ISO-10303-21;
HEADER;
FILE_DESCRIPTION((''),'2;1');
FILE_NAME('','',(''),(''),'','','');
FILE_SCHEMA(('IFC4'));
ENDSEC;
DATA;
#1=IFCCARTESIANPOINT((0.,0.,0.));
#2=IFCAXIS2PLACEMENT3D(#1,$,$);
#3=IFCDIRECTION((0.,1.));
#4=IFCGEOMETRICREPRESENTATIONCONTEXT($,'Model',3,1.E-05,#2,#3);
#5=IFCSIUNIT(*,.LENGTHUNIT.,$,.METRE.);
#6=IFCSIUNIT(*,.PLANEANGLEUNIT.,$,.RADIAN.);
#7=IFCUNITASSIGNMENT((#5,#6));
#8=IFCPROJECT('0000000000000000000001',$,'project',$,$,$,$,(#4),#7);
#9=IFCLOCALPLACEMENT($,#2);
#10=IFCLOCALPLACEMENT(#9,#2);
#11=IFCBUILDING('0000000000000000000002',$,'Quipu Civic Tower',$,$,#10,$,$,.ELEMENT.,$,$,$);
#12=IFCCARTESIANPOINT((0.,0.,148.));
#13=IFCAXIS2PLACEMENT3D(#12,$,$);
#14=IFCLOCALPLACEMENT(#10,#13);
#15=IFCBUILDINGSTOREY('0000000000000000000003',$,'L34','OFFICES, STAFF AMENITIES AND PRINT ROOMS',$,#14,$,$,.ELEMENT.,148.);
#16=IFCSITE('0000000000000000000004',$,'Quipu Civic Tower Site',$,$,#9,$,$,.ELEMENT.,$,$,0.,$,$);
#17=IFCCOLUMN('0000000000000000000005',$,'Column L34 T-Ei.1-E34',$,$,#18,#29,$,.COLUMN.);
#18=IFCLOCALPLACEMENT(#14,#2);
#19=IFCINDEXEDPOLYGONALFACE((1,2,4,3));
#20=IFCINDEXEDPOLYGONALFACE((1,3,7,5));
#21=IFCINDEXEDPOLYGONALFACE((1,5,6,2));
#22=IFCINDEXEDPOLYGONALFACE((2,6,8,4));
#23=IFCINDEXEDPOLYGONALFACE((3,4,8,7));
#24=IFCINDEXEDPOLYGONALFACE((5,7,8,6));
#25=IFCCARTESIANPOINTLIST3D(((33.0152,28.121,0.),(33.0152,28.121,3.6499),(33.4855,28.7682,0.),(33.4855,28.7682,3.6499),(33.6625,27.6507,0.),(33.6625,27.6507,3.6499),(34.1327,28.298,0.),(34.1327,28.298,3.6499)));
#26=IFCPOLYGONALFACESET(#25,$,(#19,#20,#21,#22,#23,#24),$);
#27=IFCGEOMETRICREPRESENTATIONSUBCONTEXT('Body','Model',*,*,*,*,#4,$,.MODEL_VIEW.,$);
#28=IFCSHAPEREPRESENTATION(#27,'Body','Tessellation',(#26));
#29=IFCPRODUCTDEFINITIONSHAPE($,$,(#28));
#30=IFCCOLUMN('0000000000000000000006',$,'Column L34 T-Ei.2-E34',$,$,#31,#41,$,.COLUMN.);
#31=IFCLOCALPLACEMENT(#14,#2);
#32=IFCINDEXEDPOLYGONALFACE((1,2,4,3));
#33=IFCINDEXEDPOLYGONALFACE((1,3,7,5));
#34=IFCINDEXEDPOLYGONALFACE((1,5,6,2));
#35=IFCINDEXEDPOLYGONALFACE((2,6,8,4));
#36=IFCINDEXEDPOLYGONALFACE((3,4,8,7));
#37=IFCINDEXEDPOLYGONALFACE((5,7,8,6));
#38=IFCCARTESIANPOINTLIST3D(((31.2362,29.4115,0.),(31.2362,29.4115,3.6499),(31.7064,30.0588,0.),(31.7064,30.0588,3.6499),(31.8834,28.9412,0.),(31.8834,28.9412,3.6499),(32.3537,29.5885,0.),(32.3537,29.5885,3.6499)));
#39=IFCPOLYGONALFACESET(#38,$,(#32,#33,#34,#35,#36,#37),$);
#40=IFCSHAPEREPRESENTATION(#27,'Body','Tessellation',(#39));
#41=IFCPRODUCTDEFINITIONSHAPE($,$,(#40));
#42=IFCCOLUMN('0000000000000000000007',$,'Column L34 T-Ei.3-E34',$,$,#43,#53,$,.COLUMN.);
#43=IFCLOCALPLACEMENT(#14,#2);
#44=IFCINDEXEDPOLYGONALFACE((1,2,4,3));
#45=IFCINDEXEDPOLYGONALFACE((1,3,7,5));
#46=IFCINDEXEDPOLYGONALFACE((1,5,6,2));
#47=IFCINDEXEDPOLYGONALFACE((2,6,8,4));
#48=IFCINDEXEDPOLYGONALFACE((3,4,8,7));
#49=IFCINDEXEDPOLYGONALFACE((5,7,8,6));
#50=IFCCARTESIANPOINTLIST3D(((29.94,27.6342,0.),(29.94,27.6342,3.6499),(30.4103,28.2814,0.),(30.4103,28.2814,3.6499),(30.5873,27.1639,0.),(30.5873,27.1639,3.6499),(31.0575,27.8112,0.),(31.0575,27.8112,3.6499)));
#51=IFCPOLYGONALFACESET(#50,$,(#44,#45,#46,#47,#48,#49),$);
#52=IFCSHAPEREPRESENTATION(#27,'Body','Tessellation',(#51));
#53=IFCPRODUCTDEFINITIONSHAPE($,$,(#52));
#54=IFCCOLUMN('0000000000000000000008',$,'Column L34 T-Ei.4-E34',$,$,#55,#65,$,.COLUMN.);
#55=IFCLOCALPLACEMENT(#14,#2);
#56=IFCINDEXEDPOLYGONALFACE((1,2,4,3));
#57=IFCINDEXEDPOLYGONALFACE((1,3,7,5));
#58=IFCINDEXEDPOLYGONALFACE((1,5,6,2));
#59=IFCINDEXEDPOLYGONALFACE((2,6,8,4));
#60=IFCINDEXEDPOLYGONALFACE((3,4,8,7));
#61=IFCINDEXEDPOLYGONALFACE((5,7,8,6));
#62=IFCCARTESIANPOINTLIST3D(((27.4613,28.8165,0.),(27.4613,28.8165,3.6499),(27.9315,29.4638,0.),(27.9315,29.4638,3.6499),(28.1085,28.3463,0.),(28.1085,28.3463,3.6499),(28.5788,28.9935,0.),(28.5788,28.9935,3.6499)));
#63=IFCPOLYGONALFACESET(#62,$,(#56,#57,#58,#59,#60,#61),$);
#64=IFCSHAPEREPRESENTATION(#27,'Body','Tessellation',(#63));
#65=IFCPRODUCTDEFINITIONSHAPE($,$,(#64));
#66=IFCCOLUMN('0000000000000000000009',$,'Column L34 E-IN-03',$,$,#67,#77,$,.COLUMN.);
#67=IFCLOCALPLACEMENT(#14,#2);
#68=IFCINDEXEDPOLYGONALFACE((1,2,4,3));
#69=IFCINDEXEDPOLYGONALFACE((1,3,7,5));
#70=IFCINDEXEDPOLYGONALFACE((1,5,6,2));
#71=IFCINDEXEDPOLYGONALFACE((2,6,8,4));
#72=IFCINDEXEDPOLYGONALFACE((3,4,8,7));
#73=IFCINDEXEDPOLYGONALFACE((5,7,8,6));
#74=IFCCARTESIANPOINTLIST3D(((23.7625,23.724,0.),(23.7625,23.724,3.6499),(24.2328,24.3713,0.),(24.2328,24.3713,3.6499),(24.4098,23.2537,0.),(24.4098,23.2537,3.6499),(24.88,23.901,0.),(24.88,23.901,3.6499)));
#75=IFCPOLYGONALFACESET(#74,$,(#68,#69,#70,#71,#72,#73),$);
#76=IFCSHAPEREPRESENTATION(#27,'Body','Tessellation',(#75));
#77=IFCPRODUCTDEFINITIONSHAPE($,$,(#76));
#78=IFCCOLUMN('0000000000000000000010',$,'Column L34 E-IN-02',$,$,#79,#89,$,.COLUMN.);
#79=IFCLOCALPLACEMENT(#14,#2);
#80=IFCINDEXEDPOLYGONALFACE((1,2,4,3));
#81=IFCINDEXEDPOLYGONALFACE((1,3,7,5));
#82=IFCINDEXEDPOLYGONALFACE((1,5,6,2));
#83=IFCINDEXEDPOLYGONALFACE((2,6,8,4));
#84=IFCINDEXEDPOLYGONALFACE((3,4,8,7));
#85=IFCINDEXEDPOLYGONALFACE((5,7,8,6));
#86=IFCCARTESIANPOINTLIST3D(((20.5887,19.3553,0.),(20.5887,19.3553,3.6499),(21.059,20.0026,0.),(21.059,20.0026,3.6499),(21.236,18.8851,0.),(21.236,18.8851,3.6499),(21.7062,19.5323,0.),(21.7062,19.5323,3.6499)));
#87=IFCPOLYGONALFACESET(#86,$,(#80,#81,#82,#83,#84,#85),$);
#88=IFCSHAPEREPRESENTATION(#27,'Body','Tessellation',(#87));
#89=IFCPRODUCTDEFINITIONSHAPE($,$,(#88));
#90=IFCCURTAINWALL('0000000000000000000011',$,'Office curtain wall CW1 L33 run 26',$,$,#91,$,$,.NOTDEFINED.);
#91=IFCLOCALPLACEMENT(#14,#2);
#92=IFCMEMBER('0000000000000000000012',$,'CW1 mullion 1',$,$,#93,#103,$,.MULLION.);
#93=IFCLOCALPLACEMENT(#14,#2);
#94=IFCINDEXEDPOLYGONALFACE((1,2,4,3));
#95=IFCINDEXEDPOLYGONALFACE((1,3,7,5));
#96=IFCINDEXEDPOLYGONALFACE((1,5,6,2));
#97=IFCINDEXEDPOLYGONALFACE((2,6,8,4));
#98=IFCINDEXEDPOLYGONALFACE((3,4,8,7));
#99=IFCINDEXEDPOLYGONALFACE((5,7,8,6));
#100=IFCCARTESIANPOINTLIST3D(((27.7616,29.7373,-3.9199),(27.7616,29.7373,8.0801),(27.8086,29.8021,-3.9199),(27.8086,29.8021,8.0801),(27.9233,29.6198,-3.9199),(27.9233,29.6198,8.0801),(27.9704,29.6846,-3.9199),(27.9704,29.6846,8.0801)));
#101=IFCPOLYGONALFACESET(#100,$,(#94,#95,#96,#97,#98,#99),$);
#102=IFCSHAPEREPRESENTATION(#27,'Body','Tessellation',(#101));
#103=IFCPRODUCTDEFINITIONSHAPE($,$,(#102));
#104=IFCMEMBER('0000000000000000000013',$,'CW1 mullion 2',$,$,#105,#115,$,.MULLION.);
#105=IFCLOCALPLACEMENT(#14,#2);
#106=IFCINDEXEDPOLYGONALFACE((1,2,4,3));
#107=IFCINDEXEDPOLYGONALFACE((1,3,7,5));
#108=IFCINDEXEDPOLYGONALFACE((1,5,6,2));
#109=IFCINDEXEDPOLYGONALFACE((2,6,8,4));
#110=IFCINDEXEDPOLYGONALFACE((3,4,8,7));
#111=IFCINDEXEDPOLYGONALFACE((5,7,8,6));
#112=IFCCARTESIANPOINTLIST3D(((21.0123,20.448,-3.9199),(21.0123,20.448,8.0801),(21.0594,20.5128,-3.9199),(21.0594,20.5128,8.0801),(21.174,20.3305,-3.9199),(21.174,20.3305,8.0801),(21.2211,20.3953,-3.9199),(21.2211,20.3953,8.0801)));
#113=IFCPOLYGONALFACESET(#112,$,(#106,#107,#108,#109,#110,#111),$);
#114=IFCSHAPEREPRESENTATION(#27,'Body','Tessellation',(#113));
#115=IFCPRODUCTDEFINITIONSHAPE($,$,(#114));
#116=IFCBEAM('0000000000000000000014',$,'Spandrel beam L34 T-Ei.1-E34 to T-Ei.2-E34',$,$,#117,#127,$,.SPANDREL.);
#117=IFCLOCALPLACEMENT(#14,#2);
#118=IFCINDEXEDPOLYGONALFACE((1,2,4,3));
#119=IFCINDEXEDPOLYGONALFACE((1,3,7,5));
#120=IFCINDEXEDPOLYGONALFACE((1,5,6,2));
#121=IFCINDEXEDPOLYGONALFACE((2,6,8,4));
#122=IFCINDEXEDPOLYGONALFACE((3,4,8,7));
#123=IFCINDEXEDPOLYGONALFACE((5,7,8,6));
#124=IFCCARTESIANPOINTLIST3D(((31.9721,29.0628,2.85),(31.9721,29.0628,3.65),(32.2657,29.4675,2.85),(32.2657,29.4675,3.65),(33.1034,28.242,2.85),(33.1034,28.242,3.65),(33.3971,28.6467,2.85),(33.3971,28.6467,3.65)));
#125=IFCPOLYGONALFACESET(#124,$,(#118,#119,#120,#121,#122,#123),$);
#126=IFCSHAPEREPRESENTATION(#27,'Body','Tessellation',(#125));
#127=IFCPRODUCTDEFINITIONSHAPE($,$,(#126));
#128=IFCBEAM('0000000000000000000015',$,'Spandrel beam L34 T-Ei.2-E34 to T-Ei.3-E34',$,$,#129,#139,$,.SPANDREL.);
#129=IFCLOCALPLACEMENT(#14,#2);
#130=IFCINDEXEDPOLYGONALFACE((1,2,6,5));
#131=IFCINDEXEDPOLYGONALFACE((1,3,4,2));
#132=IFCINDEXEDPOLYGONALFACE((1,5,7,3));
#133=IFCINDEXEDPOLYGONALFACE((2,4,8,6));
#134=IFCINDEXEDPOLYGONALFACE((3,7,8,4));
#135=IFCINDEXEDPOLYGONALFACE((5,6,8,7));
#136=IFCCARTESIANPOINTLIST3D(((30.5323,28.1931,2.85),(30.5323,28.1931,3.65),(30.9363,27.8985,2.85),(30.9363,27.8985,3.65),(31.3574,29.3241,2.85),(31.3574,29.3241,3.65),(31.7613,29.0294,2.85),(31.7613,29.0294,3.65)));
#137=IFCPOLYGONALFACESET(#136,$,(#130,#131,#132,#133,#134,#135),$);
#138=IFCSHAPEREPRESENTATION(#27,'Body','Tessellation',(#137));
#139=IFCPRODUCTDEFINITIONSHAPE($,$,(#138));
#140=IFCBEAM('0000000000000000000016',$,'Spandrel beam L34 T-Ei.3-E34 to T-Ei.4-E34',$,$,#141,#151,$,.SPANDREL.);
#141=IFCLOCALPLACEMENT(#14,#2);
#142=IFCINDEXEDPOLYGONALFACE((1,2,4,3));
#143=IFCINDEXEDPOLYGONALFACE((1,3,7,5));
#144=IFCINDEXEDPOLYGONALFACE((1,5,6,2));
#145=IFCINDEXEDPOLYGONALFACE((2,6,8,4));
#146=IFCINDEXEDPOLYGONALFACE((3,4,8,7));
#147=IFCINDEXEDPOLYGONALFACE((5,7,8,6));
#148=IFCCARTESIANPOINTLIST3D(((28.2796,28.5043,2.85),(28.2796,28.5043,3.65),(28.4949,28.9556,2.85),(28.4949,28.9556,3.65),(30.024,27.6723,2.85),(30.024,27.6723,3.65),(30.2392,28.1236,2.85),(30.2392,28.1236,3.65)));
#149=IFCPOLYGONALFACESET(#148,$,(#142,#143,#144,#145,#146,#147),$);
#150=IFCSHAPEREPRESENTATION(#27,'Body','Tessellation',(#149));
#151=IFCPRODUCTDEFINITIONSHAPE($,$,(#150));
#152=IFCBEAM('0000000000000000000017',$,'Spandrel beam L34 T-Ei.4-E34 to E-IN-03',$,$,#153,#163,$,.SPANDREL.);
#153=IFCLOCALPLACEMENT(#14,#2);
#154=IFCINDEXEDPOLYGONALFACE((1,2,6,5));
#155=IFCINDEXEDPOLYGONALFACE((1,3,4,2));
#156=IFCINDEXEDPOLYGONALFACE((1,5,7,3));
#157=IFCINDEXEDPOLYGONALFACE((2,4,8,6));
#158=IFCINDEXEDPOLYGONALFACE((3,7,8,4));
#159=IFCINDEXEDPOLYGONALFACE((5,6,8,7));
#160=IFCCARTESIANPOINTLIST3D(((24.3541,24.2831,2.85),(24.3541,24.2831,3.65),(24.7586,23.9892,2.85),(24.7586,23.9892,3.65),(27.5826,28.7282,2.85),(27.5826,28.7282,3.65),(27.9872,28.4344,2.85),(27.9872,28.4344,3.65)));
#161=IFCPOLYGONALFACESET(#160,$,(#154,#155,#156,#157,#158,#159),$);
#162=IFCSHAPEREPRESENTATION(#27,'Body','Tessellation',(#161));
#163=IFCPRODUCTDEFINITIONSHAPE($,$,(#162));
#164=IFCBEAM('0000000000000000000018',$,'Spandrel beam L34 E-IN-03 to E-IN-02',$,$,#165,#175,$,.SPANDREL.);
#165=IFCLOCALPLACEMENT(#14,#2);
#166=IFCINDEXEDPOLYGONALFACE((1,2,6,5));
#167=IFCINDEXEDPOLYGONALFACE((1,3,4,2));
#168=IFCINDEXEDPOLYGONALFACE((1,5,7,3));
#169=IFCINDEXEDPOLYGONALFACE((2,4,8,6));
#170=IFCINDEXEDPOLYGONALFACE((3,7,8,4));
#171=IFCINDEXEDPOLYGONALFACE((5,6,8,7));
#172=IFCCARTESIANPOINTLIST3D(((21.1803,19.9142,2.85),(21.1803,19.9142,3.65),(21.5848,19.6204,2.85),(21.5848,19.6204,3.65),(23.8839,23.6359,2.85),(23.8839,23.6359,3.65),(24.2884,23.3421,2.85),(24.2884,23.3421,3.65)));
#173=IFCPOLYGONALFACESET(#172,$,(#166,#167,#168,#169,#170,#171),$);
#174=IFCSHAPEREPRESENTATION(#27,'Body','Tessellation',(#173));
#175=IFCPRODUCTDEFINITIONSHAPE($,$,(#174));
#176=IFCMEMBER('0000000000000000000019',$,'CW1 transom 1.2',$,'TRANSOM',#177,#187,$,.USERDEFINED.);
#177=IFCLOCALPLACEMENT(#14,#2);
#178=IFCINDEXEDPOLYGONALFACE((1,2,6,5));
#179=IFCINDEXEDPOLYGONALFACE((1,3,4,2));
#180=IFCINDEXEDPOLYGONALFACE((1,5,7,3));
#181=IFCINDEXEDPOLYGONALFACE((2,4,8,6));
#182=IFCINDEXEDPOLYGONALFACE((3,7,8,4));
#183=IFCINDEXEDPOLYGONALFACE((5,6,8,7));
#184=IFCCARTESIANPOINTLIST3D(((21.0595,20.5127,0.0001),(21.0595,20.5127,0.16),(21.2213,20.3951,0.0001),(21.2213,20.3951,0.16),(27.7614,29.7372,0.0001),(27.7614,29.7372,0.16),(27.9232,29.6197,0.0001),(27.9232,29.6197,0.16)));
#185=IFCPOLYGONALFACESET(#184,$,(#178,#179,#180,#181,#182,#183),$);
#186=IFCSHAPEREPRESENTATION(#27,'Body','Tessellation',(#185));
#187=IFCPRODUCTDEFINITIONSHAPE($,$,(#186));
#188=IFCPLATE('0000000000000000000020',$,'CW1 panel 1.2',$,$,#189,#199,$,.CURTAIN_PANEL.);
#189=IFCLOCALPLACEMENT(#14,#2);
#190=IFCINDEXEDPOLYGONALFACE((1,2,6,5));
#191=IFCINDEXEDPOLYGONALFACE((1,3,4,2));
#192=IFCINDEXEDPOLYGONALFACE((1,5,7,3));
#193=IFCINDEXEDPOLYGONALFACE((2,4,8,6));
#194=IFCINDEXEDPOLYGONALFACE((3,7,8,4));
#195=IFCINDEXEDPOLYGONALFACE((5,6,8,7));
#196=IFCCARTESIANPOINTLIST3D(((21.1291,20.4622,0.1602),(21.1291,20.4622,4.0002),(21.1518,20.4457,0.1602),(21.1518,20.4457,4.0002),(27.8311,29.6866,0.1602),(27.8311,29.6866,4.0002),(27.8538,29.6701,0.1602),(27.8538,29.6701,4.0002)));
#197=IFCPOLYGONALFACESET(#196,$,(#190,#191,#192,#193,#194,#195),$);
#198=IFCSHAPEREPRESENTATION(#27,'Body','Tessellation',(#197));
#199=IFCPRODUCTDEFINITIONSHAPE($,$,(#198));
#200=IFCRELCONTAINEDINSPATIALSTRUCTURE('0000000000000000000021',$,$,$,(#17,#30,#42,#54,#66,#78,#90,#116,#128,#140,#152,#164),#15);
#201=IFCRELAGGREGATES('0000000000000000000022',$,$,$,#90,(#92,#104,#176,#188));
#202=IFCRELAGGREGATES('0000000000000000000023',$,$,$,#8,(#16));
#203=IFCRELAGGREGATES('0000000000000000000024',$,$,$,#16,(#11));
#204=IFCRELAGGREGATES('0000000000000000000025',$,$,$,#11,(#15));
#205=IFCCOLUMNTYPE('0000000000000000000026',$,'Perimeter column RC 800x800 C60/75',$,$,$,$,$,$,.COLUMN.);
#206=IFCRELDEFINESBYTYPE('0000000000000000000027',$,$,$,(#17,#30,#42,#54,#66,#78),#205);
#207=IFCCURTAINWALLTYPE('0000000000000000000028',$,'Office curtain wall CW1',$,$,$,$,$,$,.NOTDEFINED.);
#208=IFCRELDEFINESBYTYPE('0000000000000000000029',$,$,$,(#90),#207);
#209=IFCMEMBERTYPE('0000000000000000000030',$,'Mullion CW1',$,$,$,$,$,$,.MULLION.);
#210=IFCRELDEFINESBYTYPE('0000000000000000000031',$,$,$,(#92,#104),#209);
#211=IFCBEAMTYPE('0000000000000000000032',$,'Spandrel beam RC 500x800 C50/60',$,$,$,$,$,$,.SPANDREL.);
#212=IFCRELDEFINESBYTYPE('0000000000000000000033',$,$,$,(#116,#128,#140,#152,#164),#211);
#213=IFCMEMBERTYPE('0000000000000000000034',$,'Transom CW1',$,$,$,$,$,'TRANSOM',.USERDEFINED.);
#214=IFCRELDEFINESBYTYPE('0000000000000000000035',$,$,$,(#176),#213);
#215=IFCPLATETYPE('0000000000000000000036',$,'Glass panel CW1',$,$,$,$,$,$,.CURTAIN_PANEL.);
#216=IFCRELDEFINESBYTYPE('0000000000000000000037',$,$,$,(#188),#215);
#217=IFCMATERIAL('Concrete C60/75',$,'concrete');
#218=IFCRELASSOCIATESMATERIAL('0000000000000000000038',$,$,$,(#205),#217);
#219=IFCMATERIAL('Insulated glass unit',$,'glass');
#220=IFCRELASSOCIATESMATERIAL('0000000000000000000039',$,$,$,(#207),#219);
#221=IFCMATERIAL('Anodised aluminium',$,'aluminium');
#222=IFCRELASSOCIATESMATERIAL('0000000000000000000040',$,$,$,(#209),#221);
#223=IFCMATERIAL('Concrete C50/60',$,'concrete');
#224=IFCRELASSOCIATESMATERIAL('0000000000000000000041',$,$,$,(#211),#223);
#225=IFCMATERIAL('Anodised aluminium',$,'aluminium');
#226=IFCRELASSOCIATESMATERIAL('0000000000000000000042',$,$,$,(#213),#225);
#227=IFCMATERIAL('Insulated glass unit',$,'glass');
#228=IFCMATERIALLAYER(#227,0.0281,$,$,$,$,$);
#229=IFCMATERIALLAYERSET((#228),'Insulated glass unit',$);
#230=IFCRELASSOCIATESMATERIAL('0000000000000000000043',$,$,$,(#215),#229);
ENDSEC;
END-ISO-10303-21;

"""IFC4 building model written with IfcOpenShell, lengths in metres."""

from ifc_helpers import new_model, si_unit, direction, frame, origin, origin_2d, place, context, subcontext, project, spatial, rectangle, extrude, material, layer, layer_set, material_profile, profile_set, type_object, element, aggregate, save


model = new_model("IFC4")

# Units and contexts
model_context = context("Model", 3, precision=1e-05, world=origin(), true_north=direction((0.0, 1.0)))
body_context = subcontext(model_context, "Body", "Model", "MODEL_VIEW")
ifc_project = project(units=[si_unit("LENGTHUNIT", "METRE"), si_unit("PLANEANGLEUNIT", "RADIAN")], contexts=[model_context])

# Site, building, storey
site_placement = place(None, origin())
site = spatial("IfcSite", under=ifc_project, at=site_placement, Name="Quipu Civic Tower Site", CompositionType="ELEMENT", RefElevation=0.0)
building_placement = place(site_placement, origin())
building = spatial("IfcBuilding", under=site, at=building_placement, Name="Quipu Civic Tower", CompositionType="ELEMENT")
storey_placement = place(building_placement, frame((0.0, 0.0, 148.0)))
storey = spatial("IfcBuildingStorey", under=building, at=storey_placement, Name="L34", Description="OFFICES, STAFF AMENITIES AND PRINT ROOMS", CompositionType="ELEMENT", Elevation=148.0)

# Columns
ifc_material_1 = material(Name="Concrete C60/75", Category="concrete")
ifc_material_profile_1 = material_profile(ifc_material_1, rectangle(XDim=0.8, YDim=0.8, at=origin_2d()), Name="RC800x800")
ifc_profile_set_1 = profile_set([ifc_material_profile_1], Name="Concrete C60/75")
column_type = type_object("IfcColumnType", Name="Perimeter column RC 800x800 C60/75", PredefinedType="COLUMN", material=ifc_profile_set_1)
for number, where, z_axis, x_axis, name in (
    (1, (33.574, 28.2095, 0.0), (0.0, 0.0, 1.0), (-0.809017, 0.587785, 0.0), "Column L34 T-Ei.1-E34"),
    (2, (31.7949, 29.5, 0.0), (0.0, 0.0, 1.0), (-0.587785, -0.809017, 0.0), "Column L34 T-Ei.2-E34"),
    (3, (30.4988, 27.7227, 0.0), (0.0, 0.0, 1.0), (-0.809017, 0.587785, 0.0), "Column L34 T-Ei.3-E34"),
    (4, (28.02, 28.905, 0.0), (0.0, 0.0, 1.0), (-0.809017, 0.587785, 0.0), "Column L34 T-Ei.4-E34"),
    (5, (24.3213, 23.8125, 0.0), (0.0, 0.0, 1.0), (-0.587785, -0.809017, 0.0), "Column L34 E-IN-03"),
    (6, (21.1475, 19.4438, 0.0), (0.0, 0.0, 1.0), (-0.587785, -0.809017, 0.0), "Column L34 E-IN-02"),
):
    element("IfcColumn", number, at=place(storey_placement, frame(where, z_axis=z_axis, x_axis=x_axis)), inside=storey, type_object=column_type, Name=name, PredefinedType="COLUMN", context=body_context, shape_type="SweptSolid", body=[
        extrude(rectangle(XDim=0.8, YDim=0.8, at=origin_2d()), origin(), (0.0, 0.0, 1.0), 3.6499),
    ])

# Curtain wall, members
ifc_material_2 = material(Name="Insulated glass unit", Category="glass")
curtain_wall_type = type_object("IfcCurtainWallType", Name="Office curtain wall CW1", PredefinedType="NOTDEFINED", material=ifc_material_2)
curtain_wall_placement = place(storey_placement, origin())
curtain_wall = element("IfcCurtainWall", 7, at=curtain_wall_placement, inside=storey, type_object=curtain_wall_type, Name="Office curtain wall CW1 L33 run 26", PredefinedType="NOTDEFINED")
ifc_material_3 = material(Name="Anodised aluminium", Category="aluminium")
ifc_material_profile_2 = material_profile(ifc_material_3, rectangle(XDim=0.2, YDim=0.0801, at=origin_2d()), Name="RECT 200x80")
ifc_profile_set_2 = profile_set([ifc_material_profile_2], Name="Anodised aluminium")
member_type_1 = type_object("IfcMemberType", Name="Mullion CW1", PredefinedType="MULLION", material=ifc_profile_set_2)
member_1_placement = place(storey_placement, frame((27.866, 29.7109, -3.9199), z_axis=(0.0, 0.0, 1.0), x_axis=(0.809014, -0.587789, 0.0)))
member_1 = element("IfcMember", 8, at=member_1_placement, type_object=member_type_1, Name="CW1 mullion 1", PredefinedType="MULLION", context=body_context, shape_type="SweptSolid", body=[
    extrude(rectangle(XDim=0.2, YDim=0.0801, at=origin_2d()), origin(), (0.0, 0.0, 1.0), 12.0),
])
member_2_placement = place(storey_placement, frame((21.1167, 20.4216, -3.9199), z_axis=(0.0, 0.0, 1.0), x_axis=(0.809014, -0.587789, 0.0)))
member_2 = element("IfcMember", 9, at=member_2_placement, type_object=member_type_1, Name="CW1 mullion 2", PredefinedType="MULLION", context=body_context, shape_type="SweptSolid", body=[
    extrude(rectangle(XDim=0.2, YDim=0.0801, at=origin_2d()), origin(), (0.0, 0.0, 1.0), 12.0),
])

# Beams
ifc_material_4 = material(Name="Concrete C50/60", Category="concrete")
ifc_material_profile_3 = material_profile(ifc_material_4, rectangle(XDim=0.5, YDim=0.8, at=origin_2d()), Name="RC500x800")
ifc_profile_set_3 = profile_set([ifc_material_profile_3], Name="Concrete C50/60")
beam_type = type_object("IfcBeamType", Name="Spandrel beam RC 500x800 C50/60", PredefinedType="SPANDREL", material=ifc_profile_set_3)
beam_1_placement = place(storey_placement, frame((33.2502, 28.4443, 3.25), z_axis=(-0.809415, 0.587237, 0.0), x_axis=(-0.587237, -0.809415, 0.0)))
element("IfcBeam", 10, at=beam_1_placement, inside=storey, type_object=beam_type, Name="Spandrel beam L34 T-Ei.1-E34 to T-Ei.2-E34", PredefinedType="SPANDREL", context=body_context, shape_type="SweptSolid", body=[
    extrude(rectangle(XDim=0.5, YDim=0.8, at=origin_2d()), origin(), (0.0, 0.0, 1.0), 1.3977),
])
beam_2_placement = place(storey_placement, frame((31.5593, 29.1768, 3.25), z_axis=(-0.589343, -0.807883, 0.0), x_axis=(0.807883, -0.589343, 0.0)))
element("IfcBeam", 11, at=beam_2_placement, inside=storey, type_object=beam_type, Name="Spandrel beam L34 T-Ei.2-E34 to T-Ei.3-E34", PredefinedType="SPANDREL", context=body_context, shape_type="SweptSolid", body=[
    extrude(rectangle(XDim=0.5, YDim=0.8, at=origin_2d()), origin(), (0.0, 0.0, 1.0), 1.3999),
])
beam_3_placement = place(storey_placement, frame((30.1316, 27.8979, 3.25), z_axis=(-0.902585, 0.430512, 0.0), x_axis=(-0.430512, -0.902585, 0.0)))
element("IfcBeam", 12, at=beam_3_placement, inside=storey, type_object=beam_type, Name="Spandrel beam L34 T-Ei.3-E34 to T-Ei.4-E34", PredefinedType="SPANDREL", context=body_context, shape_type="SweptSolid", body=[
    extrude(rectangle(XDim=0.5, YDim=0.8, at=origin_2d()), origin(), (0.0, 0.0, 1.0), 1.9326),
])
beam_4_placement = place(storey_placement, frame((27.7849, 28.5813, 3.25), z_axis=(-0.587664, -0.809105, 0.0), x_axis=(0.809105, -0.587664, 0.0)))
element("IfcBeam", 13, at=beam_4_placement, inside=storey, type_object=beam_type, Name="Spandrel beam L34 T-Ei.4-E34 to E-IN-03", PredefinedType="SPANDREL", context=body_context, shape_type="SweptSolid", body=[
    extrude(rectangle(XDim=0.5, YDim=0.8, at=origin_2d()), origin(), (0.0, 0.0, 1.0), 5.4939),
])
beam_5_placement = place(storey_placement, frame((24.0862, 23.489, 3.25), z_axis=(-0.587736, -0.809053, 0.0), x_axis=(0.809053, -0.587736, 0.0)))
element("IfcBeam", 14, at=beam_5_placement, inside=storey, type_object=beam_type, Name="Spandrel beam L34 E-IN-03 to E-IN-02", PredefinedType="SPANDREL", context=body_context, shape_type="SweptSolid", body=[
    extrude(rectangle(XDim=0.5, YDim=0.8, at=origin_2d()), origin(), (0.0, 0.0, 1.0), 4.6001),
])

# Member
ifc_material_5 = material(Name="Anodised aluminium", Category="aluminium")
ifc_material_profile_4 = material_profile(ifc_material_5, rectangle(XDim=0.2, YDim=0.1599, at=origin_2d()), Name="RECT 200x160")
ifc_profile_set_4 = profile_set([ifc_material_profile_4], Name="Anodised aluminium")
member_type_2 = type_object("IfcMemberType", Name="Transom CW1", ElementType="TRANSOM", PredefinedType="USERDEFINED", material=ifc_profile_set_4)
member_3_placement = place(storey_placement, frame((27.8423, 29.6785, 0.0801), z_axis=(-0.587776, -0.809024, 0.0), x_axis=(0.809024, -0.587776, 0.0)))
member_3 = element("IfcMember", 15, at=member_3_placement, type_object=member_type_2, Name="CW1 transom 1.2", ObjectType="TRANSOM", PredefinedType="USERDEFINED", context=body_context, shape_type="SweptSolid", body=[
    extrude(rectangle(XDim=0.2, YDim=0.1599, at=origin_2d()), origin(), (0.0, 0.0, 1.0), 11.4021),
])

# Plate
ifc_material_6 = material(Name="Insulated glass unit", Category="glass")
ifc_layer_1 = layer(ifc_material_6, 0.0281)
ifc_layer_set_1 = layer_set([ifc_layer_1], Name="Insulated glass unit")
plate_type_1 = type_object("IfcPlateType", Name="Glass panel CW1", PredefinedType="CURTAIN_PANEL", material=ifc_layer_set_1)
plate_placement = place(storey_placement, frame((24.4915, 25.0662, 0.1602), z_axis=(0.0, 0.0, 1.0), x_axis=(-0.587789, -0.809014, 0.0)))
plate = element("IfcPlate", 16, at=plate_placement, type_object=plate_type_1, Name="CW1 panel 1.2", PredefinedType="CURTAIN_PANEL", context=body_context, shape_type="SweptSolid", body=[
    extrude(rectangle(XDim=11.4021, YDim=0.0281, at=origin_2d()), origin(), (0.0, 0.0, 1.0), 3.8401),
])
aggregate(curtain_wall, [member_1, member_2, member_3, plate])

save(model, "model.ifc")
